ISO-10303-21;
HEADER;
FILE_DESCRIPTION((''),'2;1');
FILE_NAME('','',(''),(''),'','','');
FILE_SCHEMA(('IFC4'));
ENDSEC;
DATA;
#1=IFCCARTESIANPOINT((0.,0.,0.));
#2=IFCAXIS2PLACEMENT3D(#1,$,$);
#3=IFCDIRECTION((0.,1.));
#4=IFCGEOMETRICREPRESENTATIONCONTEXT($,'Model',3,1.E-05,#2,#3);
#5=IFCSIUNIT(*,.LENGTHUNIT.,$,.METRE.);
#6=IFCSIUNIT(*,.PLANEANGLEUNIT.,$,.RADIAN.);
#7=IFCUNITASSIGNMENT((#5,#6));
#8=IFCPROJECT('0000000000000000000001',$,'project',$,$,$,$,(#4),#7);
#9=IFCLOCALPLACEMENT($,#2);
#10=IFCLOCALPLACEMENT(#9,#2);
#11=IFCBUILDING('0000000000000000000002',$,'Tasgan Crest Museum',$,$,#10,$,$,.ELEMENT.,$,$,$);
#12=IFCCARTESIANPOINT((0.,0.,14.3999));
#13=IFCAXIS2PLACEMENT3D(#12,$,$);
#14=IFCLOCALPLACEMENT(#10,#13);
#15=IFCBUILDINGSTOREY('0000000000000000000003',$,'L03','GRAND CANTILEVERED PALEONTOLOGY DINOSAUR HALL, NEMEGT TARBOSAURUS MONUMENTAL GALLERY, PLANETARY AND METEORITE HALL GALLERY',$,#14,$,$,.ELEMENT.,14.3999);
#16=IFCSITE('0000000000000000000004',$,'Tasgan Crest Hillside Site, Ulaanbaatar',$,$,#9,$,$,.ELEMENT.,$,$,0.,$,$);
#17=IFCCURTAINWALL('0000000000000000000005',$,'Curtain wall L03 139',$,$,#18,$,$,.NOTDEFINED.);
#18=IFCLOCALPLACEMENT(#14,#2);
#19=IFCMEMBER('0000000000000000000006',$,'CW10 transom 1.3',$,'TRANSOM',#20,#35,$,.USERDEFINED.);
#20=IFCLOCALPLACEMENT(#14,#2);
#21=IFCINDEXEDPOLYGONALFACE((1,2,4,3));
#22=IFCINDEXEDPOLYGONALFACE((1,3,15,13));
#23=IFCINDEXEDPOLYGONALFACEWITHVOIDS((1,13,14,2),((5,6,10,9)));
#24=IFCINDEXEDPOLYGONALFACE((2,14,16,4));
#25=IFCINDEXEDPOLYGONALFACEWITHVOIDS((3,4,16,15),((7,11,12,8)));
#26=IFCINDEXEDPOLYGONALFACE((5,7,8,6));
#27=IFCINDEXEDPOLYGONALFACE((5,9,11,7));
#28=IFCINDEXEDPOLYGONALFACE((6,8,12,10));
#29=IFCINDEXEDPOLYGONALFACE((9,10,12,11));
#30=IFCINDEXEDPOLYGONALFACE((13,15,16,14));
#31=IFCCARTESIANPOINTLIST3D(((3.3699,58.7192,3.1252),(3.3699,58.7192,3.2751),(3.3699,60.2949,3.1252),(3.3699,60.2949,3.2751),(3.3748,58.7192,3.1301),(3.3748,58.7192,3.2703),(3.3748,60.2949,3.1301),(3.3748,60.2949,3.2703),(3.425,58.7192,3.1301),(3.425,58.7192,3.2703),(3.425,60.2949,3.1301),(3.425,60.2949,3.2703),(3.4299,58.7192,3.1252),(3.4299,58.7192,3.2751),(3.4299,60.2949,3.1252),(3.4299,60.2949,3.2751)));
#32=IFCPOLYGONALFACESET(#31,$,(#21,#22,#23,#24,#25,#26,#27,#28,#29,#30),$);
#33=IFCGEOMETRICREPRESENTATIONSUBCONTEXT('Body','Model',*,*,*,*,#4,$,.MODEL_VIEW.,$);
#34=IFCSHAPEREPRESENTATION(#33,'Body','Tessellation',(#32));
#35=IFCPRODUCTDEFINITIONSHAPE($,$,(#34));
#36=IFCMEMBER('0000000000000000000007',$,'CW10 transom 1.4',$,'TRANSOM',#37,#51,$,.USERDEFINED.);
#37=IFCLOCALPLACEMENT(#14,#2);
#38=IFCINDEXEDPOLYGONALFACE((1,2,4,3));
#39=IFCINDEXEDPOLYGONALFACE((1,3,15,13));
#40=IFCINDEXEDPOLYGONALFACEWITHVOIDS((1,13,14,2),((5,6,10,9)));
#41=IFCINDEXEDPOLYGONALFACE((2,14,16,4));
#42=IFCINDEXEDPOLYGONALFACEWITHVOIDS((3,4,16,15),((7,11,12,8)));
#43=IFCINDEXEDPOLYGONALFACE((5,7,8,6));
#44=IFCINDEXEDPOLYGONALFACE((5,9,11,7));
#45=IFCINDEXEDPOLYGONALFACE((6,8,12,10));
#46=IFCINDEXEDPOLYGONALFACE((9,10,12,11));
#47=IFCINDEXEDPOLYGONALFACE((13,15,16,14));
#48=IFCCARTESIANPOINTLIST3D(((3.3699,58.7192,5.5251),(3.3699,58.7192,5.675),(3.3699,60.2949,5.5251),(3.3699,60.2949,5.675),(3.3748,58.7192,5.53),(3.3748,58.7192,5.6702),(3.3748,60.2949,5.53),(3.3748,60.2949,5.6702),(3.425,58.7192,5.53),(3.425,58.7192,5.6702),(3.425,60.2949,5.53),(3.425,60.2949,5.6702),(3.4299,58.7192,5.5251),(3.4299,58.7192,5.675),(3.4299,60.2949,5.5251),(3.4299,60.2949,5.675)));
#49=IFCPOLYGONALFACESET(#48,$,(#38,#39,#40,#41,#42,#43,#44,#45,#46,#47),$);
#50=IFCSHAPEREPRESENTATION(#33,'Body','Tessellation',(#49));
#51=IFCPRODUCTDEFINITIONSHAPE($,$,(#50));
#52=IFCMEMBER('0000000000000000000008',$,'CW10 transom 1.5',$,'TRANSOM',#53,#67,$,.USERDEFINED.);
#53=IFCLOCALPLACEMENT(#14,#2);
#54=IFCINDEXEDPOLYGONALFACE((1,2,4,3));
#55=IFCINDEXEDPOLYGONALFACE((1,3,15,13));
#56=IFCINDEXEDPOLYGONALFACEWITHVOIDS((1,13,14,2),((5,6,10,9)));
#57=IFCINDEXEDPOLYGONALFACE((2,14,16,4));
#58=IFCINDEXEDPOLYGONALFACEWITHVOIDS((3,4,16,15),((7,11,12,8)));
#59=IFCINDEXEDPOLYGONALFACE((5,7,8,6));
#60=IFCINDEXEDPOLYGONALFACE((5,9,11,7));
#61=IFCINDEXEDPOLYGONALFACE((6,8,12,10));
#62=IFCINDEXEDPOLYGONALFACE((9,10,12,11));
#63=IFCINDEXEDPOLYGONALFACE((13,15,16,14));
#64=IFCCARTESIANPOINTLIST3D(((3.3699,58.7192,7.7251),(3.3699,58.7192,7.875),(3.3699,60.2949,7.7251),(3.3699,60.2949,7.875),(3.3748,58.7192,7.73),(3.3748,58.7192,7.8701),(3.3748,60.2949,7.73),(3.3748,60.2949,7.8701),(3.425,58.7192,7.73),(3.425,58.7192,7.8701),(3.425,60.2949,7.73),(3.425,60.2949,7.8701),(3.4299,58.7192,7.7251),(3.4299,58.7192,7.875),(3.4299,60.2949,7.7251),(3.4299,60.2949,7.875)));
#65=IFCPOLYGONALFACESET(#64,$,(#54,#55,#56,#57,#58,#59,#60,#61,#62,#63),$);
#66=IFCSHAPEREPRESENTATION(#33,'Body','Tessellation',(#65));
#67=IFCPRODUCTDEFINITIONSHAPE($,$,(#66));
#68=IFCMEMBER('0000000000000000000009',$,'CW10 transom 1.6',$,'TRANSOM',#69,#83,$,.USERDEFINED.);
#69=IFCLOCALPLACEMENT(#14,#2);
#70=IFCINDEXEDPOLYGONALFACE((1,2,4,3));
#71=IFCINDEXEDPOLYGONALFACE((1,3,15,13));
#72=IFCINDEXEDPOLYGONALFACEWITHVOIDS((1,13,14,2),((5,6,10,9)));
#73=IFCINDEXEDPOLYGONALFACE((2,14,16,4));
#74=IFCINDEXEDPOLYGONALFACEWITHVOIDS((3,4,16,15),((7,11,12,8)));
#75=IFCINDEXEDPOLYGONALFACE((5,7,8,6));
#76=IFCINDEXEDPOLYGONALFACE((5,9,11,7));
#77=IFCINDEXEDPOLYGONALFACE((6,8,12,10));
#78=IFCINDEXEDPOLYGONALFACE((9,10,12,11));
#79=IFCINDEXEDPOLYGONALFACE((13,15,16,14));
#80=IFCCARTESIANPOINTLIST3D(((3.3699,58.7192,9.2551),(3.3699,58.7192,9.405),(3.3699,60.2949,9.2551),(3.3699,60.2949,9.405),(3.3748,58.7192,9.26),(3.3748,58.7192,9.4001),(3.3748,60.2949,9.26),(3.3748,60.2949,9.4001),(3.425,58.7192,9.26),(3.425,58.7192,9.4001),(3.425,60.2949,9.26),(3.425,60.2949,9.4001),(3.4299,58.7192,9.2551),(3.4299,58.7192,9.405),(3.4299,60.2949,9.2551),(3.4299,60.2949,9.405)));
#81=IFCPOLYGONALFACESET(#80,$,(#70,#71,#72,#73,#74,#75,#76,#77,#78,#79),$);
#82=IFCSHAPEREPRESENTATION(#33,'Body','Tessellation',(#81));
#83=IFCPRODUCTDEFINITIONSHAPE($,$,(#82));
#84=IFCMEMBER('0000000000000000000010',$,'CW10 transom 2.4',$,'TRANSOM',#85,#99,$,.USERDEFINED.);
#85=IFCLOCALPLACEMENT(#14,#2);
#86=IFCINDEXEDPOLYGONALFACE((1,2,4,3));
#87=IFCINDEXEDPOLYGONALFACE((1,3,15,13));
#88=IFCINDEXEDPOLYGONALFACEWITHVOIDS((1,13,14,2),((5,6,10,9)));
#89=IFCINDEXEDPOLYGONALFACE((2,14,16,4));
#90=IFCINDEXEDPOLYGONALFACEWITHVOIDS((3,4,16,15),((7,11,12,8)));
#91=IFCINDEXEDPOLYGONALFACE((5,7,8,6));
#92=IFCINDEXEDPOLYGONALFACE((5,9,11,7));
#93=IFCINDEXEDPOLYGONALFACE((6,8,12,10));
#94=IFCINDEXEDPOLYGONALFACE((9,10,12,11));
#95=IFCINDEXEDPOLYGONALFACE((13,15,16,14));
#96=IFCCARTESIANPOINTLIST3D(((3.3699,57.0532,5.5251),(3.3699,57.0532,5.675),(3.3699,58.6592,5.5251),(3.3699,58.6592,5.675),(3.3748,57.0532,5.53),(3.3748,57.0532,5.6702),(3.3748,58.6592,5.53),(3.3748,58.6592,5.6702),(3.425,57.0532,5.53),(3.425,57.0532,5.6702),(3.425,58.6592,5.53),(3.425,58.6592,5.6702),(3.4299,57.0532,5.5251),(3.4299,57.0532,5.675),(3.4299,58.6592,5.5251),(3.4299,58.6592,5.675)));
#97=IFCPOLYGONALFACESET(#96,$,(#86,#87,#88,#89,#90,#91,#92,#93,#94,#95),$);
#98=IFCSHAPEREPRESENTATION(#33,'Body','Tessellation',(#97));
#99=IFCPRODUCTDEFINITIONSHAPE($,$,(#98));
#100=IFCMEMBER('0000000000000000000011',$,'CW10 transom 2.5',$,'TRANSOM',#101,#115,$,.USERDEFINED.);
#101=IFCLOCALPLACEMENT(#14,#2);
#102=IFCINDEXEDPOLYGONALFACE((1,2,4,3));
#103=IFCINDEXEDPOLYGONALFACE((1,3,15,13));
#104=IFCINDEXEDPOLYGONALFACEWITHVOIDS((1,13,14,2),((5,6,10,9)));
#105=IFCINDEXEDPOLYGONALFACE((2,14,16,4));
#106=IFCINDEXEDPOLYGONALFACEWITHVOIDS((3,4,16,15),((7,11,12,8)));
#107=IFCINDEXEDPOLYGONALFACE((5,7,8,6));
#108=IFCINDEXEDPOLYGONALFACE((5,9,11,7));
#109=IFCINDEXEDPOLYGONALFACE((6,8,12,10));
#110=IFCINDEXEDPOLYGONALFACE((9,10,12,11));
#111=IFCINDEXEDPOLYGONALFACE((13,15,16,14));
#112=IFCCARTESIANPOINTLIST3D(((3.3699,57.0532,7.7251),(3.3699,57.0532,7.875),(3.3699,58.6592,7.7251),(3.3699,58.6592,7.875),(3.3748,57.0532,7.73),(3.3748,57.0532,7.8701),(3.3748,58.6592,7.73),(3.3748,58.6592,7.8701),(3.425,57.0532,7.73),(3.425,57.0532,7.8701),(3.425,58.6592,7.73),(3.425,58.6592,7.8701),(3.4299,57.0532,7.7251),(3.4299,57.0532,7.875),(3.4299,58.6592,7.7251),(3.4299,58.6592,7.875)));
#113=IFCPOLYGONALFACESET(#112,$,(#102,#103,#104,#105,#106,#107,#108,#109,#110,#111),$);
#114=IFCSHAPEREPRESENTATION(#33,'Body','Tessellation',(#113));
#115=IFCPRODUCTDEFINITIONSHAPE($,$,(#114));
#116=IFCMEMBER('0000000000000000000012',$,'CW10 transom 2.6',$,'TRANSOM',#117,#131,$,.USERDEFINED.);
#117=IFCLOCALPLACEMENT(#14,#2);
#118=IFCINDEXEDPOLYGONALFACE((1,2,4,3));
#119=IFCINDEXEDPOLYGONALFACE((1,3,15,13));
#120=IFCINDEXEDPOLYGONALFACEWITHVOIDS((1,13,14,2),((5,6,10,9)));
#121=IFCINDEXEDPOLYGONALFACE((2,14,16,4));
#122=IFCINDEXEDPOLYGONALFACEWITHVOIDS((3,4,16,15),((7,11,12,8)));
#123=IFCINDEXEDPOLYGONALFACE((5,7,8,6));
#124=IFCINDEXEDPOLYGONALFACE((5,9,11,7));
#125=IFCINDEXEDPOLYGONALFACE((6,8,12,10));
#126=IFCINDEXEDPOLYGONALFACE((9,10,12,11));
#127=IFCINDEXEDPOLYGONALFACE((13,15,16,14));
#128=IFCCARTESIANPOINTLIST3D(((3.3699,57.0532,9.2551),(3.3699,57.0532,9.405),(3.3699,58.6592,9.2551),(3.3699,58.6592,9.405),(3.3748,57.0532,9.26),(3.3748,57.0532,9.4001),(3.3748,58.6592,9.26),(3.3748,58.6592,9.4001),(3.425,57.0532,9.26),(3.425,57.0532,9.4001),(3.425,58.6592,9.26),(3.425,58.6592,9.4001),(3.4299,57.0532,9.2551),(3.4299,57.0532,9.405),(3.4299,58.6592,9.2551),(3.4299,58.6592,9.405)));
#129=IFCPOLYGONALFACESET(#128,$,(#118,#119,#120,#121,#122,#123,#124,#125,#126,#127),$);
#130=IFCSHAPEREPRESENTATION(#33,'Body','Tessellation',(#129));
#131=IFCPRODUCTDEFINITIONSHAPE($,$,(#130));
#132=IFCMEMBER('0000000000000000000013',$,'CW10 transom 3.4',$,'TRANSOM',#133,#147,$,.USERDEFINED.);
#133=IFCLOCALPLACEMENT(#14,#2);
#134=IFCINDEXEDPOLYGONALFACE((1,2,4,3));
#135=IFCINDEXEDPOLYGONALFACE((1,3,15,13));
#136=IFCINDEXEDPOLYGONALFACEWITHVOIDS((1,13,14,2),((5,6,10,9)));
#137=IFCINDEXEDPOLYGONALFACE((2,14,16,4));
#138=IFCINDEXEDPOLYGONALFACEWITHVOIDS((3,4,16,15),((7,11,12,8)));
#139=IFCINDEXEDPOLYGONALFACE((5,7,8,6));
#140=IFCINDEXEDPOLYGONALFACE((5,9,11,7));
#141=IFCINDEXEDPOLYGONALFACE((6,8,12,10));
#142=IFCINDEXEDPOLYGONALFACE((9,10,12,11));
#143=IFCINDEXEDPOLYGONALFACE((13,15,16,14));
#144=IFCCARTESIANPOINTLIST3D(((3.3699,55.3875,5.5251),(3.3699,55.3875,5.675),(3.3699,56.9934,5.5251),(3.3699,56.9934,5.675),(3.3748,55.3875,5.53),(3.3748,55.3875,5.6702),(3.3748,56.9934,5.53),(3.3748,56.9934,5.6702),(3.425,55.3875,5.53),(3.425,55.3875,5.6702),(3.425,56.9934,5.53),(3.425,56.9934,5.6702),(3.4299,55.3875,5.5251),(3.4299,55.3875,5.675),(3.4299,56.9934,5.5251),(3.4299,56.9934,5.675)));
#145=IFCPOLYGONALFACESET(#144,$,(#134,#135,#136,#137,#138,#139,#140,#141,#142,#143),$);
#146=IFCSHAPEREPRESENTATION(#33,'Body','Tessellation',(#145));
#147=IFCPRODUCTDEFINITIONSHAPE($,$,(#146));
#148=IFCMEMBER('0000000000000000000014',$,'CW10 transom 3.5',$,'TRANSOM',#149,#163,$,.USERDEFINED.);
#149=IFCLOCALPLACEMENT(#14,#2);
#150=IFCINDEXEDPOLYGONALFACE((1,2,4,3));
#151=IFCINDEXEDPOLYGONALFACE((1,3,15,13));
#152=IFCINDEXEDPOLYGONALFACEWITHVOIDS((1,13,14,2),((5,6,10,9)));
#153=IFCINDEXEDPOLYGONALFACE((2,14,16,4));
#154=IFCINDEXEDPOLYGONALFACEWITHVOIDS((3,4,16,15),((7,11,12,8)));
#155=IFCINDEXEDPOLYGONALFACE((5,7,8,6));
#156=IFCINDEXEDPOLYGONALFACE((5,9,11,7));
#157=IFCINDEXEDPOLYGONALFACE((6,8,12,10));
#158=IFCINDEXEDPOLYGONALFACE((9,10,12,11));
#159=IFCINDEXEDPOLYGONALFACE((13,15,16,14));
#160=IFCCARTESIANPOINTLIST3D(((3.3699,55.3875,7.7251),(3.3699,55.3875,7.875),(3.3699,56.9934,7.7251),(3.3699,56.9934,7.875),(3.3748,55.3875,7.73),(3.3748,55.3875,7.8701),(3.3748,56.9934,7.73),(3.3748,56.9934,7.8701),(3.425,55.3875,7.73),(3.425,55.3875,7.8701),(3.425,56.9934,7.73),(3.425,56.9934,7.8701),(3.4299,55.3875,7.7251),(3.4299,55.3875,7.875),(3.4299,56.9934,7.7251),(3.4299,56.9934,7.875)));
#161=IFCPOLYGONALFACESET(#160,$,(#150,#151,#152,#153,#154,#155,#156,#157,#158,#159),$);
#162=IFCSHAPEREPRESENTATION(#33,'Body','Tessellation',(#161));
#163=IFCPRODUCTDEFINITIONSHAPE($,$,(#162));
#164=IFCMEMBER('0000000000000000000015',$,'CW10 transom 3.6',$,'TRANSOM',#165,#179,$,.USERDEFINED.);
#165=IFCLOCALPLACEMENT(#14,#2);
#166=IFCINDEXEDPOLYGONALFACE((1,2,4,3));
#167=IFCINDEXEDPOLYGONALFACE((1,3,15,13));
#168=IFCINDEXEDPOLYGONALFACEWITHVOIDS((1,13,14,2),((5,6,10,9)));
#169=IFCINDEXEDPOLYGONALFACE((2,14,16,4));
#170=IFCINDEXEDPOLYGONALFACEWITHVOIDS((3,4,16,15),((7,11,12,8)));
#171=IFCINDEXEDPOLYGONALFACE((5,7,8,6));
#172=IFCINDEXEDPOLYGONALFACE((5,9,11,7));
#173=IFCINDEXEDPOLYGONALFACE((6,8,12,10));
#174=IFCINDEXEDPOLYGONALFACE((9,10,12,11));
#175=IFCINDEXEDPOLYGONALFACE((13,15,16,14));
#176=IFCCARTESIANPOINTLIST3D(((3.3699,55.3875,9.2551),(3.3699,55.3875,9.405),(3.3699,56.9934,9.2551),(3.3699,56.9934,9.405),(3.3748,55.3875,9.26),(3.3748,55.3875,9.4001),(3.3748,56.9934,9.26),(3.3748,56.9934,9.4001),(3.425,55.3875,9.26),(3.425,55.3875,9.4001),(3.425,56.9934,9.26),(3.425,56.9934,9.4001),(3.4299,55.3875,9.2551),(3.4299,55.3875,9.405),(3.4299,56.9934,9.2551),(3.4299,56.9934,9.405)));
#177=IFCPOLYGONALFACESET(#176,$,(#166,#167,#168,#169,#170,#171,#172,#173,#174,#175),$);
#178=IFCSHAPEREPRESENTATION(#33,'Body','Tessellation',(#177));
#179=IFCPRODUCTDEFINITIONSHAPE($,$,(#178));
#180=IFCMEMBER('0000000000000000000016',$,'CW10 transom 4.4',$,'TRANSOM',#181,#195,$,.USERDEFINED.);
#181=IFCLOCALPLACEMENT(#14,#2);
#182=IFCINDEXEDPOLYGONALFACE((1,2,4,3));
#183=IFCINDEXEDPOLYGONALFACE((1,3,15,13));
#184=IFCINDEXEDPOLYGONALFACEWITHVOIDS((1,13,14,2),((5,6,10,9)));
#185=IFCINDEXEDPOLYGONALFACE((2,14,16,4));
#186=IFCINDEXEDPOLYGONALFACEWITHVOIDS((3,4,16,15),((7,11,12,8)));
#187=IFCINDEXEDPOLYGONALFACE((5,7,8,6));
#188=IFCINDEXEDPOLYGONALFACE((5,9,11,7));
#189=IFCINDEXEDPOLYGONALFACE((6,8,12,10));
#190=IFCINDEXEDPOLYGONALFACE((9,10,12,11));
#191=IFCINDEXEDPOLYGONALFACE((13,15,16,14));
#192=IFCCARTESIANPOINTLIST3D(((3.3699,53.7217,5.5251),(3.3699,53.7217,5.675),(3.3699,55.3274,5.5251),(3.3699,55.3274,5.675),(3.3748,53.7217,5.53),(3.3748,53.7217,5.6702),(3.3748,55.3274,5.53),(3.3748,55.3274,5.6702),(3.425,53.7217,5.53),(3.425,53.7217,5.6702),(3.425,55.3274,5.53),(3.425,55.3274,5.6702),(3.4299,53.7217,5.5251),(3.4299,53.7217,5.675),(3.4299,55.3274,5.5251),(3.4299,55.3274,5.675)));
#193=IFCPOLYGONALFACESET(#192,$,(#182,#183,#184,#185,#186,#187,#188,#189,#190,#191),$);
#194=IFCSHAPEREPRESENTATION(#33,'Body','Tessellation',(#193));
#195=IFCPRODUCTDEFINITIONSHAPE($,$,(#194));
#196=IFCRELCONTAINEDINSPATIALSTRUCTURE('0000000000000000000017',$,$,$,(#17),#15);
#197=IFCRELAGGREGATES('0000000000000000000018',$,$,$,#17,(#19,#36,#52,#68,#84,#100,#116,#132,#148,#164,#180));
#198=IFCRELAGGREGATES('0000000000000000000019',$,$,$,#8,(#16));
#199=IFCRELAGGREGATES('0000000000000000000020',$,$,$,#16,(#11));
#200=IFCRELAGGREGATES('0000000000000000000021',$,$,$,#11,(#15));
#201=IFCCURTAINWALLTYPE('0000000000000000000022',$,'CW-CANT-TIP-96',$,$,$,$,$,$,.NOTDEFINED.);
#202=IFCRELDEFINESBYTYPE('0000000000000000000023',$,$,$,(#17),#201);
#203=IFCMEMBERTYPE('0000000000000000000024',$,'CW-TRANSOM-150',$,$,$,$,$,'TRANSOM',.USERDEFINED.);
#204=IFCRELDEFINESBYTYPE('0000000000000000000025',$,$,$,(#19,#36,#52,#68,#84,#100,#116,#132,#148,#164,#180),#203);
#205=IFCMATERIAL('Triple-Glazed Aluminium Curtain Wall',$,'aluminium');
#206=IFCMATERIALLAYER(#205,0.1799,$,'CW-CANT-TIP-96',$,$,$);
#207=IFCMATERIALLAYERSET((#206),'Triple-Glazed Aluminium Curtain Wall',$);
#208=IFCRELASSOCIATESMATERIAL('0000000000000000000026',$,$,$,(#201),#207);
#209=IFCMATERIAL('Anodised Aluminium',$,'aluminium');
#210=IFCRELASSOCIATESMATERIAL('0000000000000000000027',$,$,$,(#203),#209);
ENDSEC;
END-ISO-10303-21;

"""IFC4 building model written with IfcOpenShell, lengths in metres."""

from ifc_helpers import new_model, si_unit, direction, frame, origin, origin_2d, place, context, subcontext, project, spatial, hollow_rectangle, extrude, material, layer, layer_set, material_profile, profile_set, type_object, element, aggregate, save


model = new_model("IFC4")

# Units and contexts
model_context = context("Model", 3, precision=1e-05, world=origin(), true_north=direction((0.0, 1.0)))
body_context = subcontext(model_context, "Body", "Model", "MODEL_VIEW")
ifc_project = project(units=[si_unit("LENGTHUNIT", "METRE"), si_unit("PLANEANGLEUNIT", "RADIAN")], contexts=[model_context])

# Site, building, storey
site_placement = place(None, origin())
site = spatial("IfcSite", under=ifc_project, at=site_placement, Name="Tasgan Crest Hillside Site, Ulaanbaatar", CompositionType="ELEMENT", RefElevation=0.0)
building_placement = place(site_placement, origin())
building = spatial("IfcBuilding", under=site, at=building_placement, Name="Tasgan Crest Museum", CompositionType="ELEMENT")
storey_placement = place(building_placement, frame((0.0, 0.0, 14.3999)))
storey = spatial("IfcBuildingStorey", under=building, at=storey_placement, Name="L03", Description="GRAND CANTILEVERED PALEONTOLOGY DINOSAUR HALL, NEMEGT TARBOSAURUS MONUMENTAL GALLERY, PLANETARY AND METEORITE HALL GALLERY", CompositionType="ELEMENT", Elevation=14.3999)

# Curtain wall, members
ifc_material_1 = material(Name="Triple-Glazed Aluminium Curtain Wall", Category="aluminium")
ifc_layer_1 = layer(ifc_material_1, 0.1799, Name="CW-CANT-TIP-96")
ifc_layer_set_1 = layer_set([ifc_layer_1], Name="Triple-Glazed Aluminium Curtain Wall")
curtain_wall_type = type_object("IfcCurtainWallType", Name="CW-CANT-TIP-96", PredefinedType="NOTDEFINED", material=ifc_layer_set_1)
curtain_wall_placement = place(storey_placement, origin())
curtain_wall = element("IfcCurtainWall", 1, at=curtain_wall_placement, inside=storey, type_object=curtain_wall_type, Name="Curtain wall L03 139", PredefinedType="NOTDEFINED")
ifc_material_2 = material(Name="Anodised Aluminium", Category="aluminium")
ifc_material_profile = material_profile(ifc_material_2, hollow_rectangle(XDim=0.0601, YDim=0.1499, WallThickness=0.0049, at=origin_2d()), Name="ALU TRANSOM 150x60x5")
ifc_profile_set = profile_set([ifc_material_profile], Name="Anodised Aluminium")
member_type = type_object("IfcMemberType", Name="CW-TRANSOM-150", ElementType="TRANSOM", PredefinedType="USERDEFINED", material=ifc_profile_set)
member_1_placement = place(storey_placement, frame((3.3999, 60.2949, 3.2002), z_axis=(0.0, -1.0, 0.0), x_axis=(1.0, 0.0, 0.0)))
member_1 = element("IfcMember", 2, at=member_1_placement, type_object=member_type, Name="CW10 transom 1.3", ObjectType="TRANSOM", PredefinedType="USERDEFINED", context=body_context, shape_type="SweptSolid", body=[
    extrude(hollow_rectangle(XDim=0.0601, YDim=0.1499, WallThickness=0.0049, at=origin_2d()), origin(), (0.0, 0.0, 1.0), 1.5757),
])
member_2_placement = place(storey_placement, frame((3.3999, 60.2949, 5.6001), z_axis=(0.0, -1.0, 0.0), x_axis=(1.0, 0.0, 0.0)))
member_2 = element("IfcMember", 3, at=member_2_placement, type_object=member_type, Name="CW10 transom 1.4", ObjectType="TRANSOM", PredefinedType="USERDEFINED", context=body_context, shape_type="SweptSolid", body=[
    extrude(hollow_rectangle(XDim=0.0601, YDim=0.1499, WallThickness=0.0049, at=origin_2d()), origin(), (0.0, 0.0, 1.0), 1.5757),
])
member_3_placement = place(storey_placement, frame((3.3999, 60.2949, 7.8), z_axis=(0.0, -1.0, 0.0), x_axis=(1.0, 0.0, 0.0)))
member_3 = element("IfcMember", 4, at=member_3_placement, type_object=member_type, Name="CW10 transom 1.5", ObjectType="TRANSOM", PredefinedType="USERDEFINED", context=body_context, shape_type="SweptSolid", body=[
    extrude(hollow_rectangle(XDim=0.0601, YDim=0.1499, WallThickness=0.0049, at=origin_2d()), origin(), (0.0, 0.0, 1.0), 1.5757),
])
member_4_placement = place(storey_placement, frame((3.3999, 60.2949, 9.3301), z_axis=(0.0, -1.0, 0.0), x_axis=(1.0, 0.0, 0.0)))
member_4 = element("IfcMember", 5, at=member_4_placement, type_object=member_type, Name="CW10 transom 1.6", ObjectType="TRANSOM", PredefinedType="USERDEFINED", context=body_context, shape_type="SweptSolid", body=[
    extrude(hollow_rectangle(XDim=0.0601, YDim=0.1499, WallThickness=0.0049, at=origin_2d()), origin(), (0.0, 0.0, 1.0), 1.5757),
])
member_5_placement = place(storey_placement, frame((3.3999, 58.6592, 5.6001), z_axis=(0.0, -1.0, 0.0), x_axis=(1.0, 0.0, 0.0)))
member_5 = element("IfcMember", 6, at=member_5_placement, type_object=member_type, Name="CW10 transom 2.4", ObjectType="TRANSOM", PredefinedType="USERDEFINED", context=body_context, shape_type="SweptSolid", body=[
    extrude(hollow_rectangle(XDim=0.0601, YDim=0.1499, WallThickness=0.0049, at=origin_2d()), origin(), (0.0, 0.0, 1.0), 1.606),
])
member_6_placement = place(storey_placement, frame((3.3999, 58.6592, 7.8), z_axis=(0.0, -1.0, 0.0), x_axis=(1.0, 0.0, 0.0)))
member_6 = element("IfcMember", 7, at=member_6_placement, type_object=member_type, Name="CW10 transom 2.5", ObjectType="TRANSOM", PredefinedType="USERDEFINED", context=body_context, shape_type="SweptSolid", body=[
    extrude(hollow_rectangle(XDim=0.0601, YDim=0.1499, WallThickness=0.0049, at=origin_2d()), origin(), (0.0, 0.0, 1.0), 1.606),
])
member_7_placement = place(storey_placement, frame((3.3999, 58.6592, 9.3301), z_axis=(0.0, -1.0, 0.0), x_axis=(1.0, 0.0, 0.0)))
member_7 = element("IfcMember", 8, at=member_7_placement, type_object=member_type, Name="CW10 transom 2.6", ObjectType="TRANSOM", PredefinedType="USERDEFINED", context=body_context, shape_type="SweptSolid", body=[
    extrude(hollow_rectangle(XDim=0.0601, YDim=0.1499, WallThickness=0.0049, at=origin_2d()), origin(), (0.0, 0.0, 1.0), 1.606),
])
member_8_placement = place(storey_placement, frame((3.3999, 56.9934, 5.6001), z_axis=(0.0, -1.0, 0.0), x_axis=(1.0, 0.0, 0.0)))
member_8 = element("IfcMember", 9, at=member_8_placement, type_object=member_type, Name="CW10 transom 3.4", ObjectType="TRANSOM", PredefinedType="USERDEFINED", context=body_context, shape_type="SweptSolid", body=[
    extrude(hollow_rectangle(XDim=0.0601, YDim=0.1499, WallThickness=0.0049, at=origin_2d()), origin(), (0.0, 0.0, 1.0), 1.606),
])
member_9_placement = place(storey_placement, frame((3.3999, 56.9934, 7.8), z_axis=(0.0, -1.0, 0.0), x_axis=(1.0, 0.0, 0.0)))
member_9 = element("IfcMember", 10, at=member_9_placement, type_object=member_type, Name="CW10 transom 3.5", ObjectType="TRANSOM", PredefinedType="USERDEFINED", context=body_context, shape_type="SweptSolid", body=[
    extrude(hollow_rectangle(XDim=0.0601, YDim=0.1499, WallThickness=0.0049, at=origin_2d()), origin(), (0.0, 0.0, 1.0), 1.606),
])
member_10_placement = place(storey_placement, frame((3.3999, 56.9934, 9.3301), z_axis=(0.0, -1.0, 0.0), x_axis=(1.0, 0.0, 0.0)))
member_10 = element("IfcMember", 11, at=member_10_placement, type_object=member_type, Name="CW10 transom 3.6", ObjectType="TRANSOM", PredefinedType="USERDEFINED", context=body_context, shape_type="SweptSolid", body=[
    extrude(hollow_rectangle(XDim=0.0601, YDim=0.1499, WallThickness=0.0049, at=origin_2d()), origin(), (0.0, 0.0, 1.0), 1.606),
])
member_11_placement = place(storey_placement, frame((3.3999, 55.3274, 5.6001), z_axis=(0.0, -1.0, 0.0), x_axis=(1.0, 0.0, 0.0)))
member_11 = element("IfcMember", 12, at=member_11_placement, type_object=member_type, Name="CW10 transom 4.4", ObjectType="TRANSOM", PredefinedType="USERDEFINED", context=body_context, shape_type="SweptSolid", body=[
    extrude(hollow_rectangle(XDim=0.0601, YDim=0.1499, WallThickness=0.0049, at=origin_2d()), origin(), (0.0, 0.0, 1.0), 1.6057),
])
aggregate(curtain_wall, [member_1, member_2, member_3, member_4, member_5, member_6, member_7, member_8, member_9, member_10, member_11])

save(model, "model.ifc")
